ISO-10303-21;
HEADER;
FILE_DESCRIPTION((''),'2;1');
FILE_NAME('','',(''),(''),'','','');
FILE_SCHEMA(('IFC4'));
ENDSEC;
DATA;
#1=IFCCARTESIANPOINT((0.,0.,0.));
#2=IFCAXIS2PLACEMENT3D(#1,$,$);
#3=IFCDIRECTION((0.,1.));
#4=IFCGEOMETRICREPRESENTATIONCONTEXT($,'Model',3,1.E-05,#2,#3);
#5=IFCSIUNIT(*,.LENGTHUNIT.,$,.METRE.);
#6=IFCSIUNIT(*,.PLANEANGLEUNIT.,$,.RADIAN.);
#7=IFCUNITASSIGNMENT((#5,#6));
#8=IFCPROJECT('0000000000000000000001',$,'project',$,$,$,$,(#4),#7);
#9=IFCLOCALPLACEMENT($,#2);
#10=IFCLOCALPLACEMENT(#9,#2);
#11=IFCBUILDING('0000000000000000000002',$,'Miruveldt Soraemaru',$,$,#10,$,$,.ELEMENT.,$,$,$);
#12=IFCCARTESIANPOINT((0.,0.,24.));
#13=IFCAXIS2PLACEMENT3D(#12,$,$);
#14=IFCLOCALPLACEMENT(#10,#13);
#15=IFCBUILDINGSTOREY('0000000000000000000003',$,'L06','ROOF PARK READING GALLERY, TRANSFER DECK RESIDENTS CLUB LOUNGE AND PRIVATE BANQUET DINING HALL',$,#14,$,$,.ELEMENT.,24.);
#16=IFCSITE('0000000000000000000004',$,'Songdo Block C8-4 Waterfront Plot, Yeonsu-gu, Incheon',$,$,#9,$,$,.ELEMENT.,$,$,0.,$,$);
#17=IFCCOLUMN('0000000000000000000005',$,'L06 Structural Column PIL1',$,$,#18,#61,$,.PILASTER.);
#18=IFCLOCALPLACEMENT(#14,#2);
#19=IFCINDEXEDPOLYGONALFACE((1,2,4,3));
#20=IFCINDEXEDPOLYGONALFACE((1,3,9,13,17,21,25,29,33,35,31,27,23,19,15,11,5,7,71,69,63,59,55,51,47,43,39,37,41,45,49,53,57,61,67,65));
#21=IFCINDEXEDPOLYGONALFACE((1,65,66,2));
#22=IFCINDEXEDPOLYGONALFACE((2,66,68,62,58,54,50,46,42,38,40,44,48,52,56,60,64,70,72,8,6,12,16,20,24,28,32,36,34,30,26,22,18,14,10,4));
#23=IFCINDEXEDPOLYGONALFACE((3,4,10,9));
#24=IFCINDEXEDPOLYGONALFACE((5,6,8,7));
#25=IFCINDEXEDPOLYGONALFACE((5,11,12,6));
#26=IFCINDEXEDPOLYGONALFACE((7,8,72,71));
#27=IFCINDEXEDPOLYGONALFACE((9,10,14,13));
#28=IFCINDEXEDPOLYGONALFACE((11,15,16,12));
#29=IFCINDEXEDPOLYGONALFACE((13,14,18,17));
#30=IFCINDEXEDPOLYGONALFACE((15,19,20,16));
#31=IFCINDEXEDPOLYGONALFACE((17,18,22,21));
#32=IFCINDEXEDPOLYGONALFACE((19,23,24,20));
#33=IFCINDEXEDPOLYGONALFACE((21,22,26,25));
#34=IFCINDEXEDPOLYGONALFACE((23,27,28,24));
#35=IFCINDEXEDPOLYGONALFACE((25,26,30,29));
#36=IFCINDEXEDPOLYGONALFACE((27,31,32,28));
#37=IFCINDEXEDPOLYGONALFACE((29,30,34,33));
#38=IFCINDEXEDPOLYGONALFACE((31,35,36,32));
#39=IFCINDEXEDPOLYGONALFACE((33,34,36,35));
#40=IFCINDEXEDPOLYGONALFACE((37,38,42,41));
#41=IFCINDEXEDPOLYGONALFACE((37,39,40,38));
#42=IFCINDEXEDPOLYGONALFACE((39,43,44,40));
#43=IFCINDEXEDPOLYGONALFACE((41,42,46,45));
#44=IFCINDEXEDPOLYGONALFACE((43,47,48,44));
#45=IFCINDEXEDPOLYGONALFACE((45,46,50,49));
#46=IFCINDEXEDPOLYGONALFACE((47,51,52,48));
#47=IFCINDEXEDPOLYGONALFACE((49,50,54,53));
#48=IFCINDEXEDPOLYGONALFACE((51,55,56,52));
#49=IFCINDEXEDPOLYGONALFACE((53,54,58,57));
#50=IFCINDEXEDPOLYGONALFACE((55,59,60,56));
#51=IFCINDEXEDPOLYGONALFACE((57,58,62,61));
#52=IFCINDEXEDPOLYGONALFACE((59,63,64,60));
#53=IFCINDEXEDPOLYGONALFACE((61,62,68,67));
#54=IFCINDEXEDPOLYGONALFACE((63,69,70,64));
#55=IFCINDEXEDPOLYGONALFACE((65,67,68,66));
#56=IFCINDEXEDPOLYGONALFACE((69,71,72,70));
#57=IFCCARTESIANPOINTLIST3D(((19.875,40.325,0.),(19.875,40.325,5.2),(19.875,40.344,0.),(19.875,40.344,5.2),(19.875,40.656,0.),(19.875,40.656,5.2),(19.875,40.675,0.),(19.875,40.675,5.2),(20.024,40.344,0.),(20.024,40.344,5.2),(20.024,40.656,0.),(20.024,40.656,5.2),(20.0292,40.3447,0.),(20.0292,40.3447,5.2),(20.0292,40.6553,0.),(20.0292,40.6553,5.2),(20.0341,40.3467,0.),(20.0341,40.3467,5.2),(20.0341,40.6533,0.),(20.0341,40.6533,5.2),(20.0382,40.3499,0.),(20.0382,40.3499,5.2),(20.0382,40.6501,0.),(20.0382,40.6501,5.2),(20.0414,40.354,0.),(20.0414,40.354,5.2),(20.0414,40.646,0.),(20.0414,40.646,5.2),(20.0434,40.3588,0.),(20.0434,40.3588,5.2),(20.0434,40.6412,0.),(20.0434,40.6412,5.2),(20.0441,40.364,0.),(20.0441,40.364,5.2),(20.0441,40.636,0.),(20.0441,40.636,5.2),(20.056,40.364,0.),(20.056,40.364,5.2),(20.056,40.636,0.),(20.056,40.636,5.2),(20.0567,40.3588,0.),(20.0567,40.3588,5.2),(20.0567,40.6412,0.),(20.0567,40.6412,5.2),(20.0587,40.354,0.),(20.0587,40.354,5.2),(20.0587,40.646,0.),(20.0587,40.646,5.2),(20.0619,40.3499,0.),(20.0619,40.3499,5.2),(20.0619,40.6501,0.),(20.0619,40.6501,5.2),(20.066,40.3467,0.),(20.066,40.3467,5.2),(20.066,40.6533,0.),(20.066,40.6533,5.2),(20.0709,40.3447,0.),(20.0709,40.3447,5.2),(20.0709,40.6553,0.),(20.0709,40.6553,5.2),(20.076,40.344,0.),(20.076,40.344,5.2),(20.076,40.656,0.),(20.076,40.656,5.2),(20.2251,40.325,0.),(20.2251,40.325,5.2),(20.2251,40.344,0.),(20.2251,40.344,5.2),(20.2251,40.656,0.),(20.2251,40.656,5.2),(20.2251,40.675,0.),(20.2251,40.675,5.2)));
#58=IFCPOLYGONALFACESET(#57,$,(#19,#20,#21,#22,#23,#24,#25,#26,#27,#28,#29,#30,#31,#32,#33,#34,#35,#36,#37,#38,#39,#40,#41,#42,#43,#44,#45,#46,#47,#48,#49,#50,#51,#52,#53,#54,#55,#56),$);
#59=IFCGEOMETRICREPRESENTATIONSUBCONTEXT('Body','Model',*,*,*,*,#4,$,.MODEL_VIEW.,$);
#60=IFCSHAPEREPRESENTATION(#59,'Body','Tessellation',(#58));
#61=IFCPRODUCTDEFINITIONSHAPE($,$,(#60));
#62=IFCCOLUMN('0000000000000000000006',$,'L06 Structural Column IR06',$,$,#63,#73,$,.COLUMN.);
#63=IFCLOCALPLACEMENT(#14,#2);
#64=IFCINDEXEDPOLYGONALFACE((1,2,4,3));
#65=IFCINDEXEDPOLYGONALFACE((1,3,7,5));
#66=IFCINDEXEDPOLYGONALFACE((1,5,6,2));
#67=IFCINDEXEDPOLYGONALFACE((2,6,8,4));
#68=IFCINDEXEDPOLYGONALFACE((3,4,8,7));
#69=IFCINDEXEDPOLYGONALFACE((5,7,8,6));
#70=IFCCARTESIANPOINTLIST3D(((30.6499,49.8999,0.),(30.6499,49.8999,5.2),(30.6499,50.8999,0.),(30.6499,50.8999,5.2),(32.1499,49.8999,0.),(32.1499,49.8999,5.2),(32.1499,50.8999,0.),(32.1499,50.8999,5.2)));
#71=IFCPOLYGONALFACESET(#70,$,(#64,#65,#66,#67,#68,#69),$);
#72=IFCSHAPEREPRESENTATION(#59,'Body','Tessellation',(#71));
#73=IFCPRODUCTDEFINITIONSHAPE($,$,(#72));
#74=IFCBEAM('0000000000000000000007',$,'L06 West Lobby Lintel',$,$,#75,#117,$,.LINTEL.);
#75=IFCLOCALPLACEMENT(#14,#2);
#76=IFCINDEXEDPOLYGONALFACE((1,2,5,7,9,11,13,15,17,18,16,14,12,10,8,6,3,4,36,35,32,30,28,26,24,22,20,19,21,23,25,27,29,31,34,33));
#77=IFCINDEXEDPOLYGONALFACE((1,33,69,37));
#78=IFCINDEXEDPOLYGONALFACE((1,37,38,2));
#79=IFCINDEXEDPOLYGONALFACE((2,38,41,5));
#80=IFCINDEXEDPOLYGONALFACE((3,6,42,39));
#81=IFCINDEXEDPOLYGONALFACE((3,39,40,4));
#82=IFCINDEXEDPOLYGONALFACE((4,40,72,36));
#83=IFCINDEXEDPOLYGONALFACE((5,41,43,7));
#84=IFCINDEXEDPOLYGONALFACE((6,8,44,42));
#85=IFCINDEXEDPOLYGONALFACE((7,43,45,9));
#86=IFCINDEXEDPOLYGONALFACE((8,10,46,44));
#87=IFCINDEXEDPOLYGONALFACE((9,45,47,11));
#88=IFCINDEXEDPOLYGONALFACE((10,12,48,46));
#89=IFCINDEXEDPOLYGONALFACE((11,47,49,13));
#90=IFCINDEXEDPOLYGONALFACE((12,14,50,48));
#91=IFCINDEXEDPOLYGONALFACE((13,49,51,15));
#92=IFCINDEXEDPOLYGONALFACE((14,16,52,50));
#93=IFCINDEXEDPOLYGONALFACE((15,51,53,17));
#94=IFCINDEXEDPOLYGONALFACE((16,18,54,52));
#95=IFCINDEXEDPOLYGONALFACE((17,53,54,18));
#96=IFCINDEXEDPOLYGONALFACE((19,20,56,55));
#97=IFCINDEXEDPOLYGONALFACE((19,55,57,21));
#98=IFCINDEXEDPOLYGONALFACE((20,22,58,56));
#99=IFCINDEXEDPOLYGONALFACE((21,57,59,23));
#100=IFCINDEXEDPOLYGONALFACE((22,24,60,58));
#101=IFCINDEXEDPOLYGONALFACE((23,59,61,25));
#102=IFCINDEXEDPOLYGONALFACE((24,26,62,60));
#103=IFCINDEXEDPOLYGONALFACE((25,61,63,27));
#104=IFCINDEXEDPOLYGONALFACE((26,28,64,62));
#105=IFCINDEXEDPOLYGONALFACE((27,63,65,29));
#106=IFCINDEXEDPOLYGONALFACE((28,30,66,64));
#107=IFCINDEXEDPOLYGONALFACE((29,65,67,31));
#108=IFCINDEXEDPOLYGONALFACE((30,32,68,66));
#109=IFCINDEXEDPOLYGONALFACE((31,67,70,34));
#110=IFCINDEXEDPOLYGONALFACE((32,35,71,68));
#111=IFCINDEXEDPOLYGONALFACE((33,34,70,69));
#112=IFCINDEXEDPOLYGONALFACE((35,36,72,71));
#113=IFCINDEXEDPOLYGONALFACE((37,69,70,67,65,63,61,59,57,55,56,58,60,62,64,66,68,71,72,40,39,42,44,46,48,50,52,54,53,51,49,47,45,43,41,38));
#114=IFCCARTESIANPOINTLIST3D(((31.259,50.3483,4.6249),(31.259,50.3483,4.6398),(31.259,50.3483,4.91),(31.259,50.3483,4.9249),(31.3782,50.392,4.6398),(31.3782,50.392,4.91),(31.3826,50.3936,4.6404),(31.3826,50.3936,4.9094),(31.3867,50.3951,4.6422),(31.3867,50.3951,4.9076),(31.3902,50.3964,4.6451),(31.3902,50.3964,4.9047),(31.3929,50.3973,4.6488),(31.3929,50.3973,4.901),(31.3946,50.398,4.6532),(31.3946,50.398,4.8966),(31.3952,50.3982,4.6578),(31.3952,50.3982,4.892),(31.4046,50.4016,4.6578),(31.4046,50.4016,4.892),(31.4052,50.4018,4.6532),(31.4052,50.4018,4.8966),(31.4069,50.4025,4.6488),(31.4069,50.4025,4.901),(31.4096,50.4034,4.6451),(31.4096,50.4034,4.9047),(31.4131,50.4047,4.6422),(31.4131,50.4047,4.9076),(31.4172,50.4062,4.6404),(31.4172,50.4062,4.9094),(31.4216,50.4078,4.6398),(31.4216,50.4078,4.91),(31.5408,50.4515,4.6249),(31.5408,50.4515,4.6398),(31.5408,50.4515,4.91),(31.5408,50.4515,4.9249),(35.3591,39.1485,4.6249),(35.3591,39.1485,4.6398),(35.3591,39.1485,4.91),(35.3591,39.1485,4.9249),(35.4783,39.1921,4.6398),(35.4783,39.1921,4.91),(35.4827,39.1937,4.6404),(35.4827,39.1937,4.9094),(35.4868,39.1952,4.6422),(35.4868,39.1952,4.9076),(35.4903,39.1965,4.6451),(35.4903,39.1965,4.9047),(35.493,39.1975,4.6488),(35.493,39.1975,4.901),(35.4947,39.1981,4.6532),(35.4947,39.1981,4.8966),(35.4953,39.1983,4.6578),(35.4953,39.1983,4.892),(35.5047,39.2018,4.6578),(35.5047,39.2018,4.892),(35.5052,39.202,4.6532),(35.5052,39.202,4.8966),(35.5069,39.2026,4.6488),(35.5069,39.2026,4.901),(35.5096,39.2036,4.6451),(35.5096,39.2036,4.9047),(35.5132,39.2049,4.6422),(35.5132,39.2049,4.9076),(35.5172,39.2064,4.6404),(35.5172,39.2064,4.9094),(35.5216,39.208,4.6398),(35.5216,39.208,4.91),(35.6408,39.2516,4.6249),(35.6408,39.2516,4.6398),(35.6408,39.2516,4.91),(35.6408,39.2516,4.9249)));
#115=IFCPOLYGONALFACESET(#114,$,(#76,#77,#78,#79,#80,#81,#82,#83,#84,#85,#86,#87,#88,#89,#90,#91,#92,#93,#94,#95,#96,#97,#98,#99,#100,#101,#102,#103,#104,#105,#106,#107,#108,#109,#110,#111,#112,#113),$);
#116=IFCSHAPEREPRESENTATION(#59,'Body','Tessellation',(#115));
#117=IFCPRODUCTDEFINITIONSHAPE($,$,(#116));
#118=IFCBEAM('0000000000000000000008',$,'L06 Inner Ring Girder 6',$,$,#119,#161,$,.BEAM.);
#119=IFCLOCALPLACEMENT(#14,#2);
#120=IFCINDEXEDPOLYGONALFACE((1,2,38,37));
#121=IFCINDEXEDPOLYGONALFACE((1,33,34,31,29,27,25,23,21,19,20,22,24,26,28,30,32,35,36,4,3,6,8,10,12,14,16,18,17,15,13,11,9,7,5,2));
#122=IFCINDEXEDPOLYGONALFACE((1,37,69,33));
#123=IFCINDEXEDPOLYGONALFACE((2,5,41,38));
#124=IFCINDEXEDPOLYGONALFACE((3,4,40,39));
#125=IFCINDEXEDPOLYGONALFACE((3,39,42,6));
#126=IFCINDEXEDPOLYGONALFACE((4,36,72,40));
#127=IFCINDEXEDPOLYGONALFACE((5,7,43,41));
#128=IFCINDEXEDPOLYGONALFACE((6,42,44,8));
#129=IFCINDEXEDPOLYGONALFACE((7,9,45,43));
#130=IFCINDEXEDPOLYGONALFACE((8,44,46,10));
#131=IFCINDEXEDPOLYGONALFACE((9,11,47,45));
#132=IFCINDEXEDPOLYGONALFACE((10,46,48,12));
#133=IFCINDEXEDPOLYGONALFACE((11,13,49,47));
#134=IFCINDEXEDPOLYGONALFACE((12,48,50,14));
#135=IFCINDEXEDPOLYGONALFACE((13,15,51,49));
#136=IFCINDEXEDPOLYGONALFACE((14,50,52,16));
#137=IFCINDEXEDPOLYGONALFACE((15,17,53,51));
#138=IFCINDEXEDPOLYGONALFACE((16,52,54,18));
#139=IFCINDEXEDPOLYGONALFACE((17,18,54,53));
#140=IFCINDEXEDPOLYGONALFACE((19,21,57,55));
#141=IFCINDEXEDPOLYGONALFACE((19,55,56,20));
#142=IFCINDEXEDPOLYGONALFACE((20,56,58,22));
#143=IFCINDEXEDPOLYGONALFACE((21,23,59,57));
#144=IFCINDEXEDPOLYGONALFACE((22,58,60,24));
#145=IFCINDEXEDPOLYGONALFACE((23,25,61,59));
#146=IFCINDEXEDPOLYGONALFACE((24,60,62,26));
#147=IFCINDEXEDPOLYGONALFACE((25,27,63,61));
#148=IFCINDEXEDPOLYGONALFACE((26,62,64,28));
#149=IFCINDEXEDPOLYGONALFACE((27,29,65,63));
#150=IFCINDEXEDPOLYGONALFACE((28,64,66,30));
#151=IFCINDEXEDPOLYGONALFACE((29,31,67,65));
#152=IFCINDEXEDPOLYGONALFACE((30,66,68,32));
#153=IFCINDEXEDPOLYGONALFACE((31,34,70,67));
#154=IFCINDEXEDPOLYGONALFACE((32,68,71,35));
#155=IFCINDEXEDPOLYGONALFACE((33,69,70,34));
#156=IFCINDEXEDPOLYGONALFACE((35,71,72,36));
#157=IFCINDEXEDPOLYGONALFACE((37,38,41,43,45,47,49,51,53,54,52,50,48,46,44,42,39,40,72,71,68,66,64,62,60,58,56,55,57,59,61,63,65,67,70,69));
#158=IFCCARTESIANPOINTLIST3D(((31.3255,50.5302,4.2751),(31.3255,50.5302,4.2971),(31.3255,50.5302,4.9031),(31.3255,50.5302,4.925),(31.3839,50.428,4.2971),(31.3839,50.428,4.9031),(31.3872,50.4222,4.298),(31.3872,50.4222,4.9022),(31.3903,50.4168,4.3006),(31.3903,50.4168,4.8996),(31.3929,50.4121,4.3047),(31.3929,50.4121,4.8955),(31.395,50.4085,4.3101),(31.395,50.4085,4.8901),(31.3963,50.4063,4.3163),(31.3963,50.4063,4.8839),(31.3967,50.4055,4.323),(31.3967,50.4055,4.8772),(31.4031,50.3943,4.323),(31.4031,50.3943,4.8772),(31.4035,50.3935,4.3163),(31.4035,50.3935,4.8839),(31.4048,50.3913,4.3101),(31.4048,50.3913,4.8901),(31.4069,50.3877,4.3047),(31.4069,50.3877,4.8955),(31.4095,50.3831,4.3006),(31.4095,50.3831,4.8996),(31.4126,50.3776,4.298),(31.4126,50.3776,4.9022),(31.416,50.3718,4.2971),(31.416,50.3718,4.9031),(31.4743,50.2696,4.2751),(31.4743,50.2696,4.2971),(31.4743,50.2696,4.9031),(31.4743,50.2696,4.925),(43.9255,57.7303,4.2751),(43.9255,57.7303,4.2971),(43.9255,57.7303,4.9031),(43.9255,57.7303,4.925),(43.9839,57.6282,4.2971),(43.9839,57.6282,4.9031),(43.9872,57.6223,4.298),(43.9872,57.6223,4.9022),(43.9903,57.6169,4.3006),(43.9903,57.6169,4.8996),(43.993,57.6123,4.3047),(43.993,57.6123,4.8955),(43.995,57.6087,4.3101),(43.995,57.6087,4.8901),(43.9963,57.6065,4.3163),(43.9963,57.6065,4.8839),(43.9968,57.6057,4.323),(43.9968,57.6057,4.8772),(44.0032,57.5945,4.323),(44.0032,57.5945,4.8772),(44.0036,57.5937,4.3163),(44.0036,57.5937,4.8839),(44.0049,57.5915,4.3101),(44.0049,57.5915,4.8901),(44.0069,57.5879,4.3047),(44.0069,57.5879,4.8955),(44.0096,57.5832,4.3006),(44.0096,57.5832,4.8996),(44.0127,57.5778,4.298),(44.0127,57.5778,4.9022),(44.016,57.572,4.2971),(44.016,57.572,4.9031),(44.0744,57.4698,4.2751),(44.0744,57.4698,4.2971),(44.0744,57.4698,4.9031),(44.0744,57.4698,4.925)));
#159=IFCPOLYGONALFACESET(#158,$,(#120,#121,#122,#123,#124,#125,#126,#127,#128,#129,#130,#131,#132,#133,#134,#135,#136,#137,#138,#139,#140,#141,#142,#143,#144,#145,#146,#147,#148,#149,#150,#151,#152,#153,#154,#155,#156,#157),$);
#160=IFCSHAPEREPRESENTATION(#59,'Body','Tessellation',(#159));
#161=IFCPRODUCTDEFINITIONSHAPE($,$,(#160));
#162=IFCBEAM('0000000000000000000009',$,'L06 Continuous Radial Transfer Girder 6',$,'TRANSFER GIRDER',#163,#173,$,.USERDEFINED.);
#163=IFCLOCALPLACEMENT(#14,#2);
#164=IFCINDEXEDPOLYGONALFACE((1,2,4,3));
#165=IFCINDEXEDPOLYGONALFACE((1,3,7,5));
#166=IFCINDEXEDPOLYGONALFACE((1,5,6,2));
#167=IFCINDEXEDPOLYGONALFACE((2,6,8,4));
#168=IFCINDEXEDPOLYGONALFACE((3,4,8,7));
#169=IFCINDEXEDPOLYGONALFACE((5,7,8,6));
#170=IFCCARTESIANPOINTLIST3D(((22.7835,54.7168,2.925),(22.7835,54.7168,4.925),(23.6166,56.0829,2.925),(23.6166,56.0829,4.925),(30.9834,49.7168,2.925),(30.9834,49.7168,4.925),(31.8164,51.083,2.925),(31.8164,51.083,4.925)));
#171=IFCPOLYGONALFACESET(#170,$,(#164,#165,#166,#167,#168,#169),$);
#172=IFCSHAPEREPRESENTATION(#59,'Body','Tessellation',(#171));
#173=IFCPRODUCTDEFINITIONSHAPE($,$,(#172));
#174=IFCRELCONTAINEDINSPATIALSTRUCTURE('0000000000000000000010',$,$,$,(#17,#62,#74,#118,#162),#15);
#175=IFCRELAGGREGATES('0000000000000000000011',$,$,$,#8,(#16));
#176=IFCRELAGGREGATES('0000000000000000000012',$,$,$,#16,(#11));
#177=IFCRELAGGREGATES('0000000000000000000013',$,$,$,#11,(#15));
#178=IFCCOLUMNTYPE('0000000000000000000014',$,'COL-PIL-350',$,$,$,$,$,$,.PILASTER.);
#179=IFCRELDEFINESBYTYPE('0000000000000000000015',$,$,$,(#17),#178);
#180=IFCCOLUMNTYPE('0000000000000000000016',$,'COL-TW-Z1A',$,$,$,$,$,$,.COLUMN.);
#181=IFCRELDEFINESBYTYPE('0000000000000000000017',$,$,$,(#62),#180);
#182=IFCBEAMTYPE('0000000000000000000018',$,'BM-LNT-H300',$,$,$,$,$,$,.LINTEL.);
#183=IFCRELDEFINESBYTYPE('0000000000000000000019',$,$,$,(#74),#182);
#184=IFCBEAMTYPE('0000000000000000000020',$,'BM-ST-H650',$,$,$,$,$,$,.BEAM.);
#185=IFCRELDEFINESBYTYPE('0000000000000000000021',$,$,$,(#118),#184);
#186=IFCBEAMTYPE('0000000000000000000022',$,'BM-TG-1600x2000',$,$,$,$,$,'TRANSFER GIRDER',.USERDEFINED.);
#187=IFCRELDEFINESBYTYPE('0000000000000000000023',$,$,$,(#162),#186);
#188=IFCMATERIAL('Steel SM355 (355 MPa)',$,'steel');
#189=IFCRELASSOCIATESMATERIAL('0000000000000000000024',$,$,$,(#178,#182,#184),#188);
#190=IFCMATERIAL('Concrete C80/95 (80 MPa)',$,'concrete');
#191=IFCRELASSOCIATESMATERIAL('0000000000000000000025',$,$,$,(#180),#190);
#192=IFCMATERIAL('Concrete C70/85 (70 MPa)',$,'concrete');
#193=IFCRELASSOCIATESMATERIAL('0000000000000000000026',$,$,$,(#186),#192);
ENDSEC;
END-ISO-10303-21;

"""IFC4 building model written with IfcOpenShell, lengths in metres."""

from ifc_helpers import new_model, si_unit, direction, frame, origin, origin_2d, place, context, subcontext, project, spatial, rectangle, i_section, extrude, material, material_profile, profile_set, type_object, element, save


model = new_model("IFC4")

# Units and contexts
model_context = context("Model", 3, precision=1e-05, world=origin(), true_north=direction((0.0, 1.0)))
body_context = subcontext(model_context, "Body", "Model", "MODEL_VIEW")
ifc_project = project(units=[si_unit("LENGTHUNIT", "METRE"), si_unit("PLANEANGLEUNIT", "RADIAN")], contexts=[model_context])

# Site, building, storey
site_placement = place(None, origin())
site = spatial("IfcSite", under=ifc_project, at=site_placement, Name="Songdo Block C8-4 Waterfront Plot, Yeonsu-gu, Incheon", CompositionType="ELEMENT", RefElevation=0.0)
building_placement = place(site_placement, origin())
building = spatial("IfcBuilding", under=site, at=building_placement, Name="Miruveldt Soraemaru", CompositionType="ELEMENT")
storey_placement = place(building_placement, frame((0.0, 0.0, 24.0)))
storey = spatial("IfcBuildingStorey", under=building, at=storey_placement, Name="L06", Description="ROOF PARK READING GALLERY, TRANSFER DECK RESIDENTS CLUB LOUNGE AND PRIVATE BANQUET DINING HALL", CompositionType="ELEMENT", Elevation=24.0)

# Columns
ifc_material_1 = material(Name="Steel SM355 (355 MPa)", Category="steel")
ifc_material_profile_1 = material_profile(ifc_material_1, i_section(OverallWidth=0.3501, OverallDepth=0.3501, WebThickness=0.012, FlangeThickness=0.019, FilletRadius=0.02, at=origin_2d()), Name="Steel SM355 (355 MPa)", Category="steel")
ifc_profile_set_1 = profile_set([ifc_material_profile_1], Name="Steel SM355 (355 MPa)")
column_type_1 = type_object("IfcColumnType", Name="COL-PIL-350", PredefinedType="PILASTER", material=ifc_profile_set_1)
column_1_placement = place(storey_placement, frame((20.05, 40.5, 0.0), z_axis=(0.0, 0.0, 1.0), x_axis=(1.0, 0.0, 0.0)))
element("IfcColumn", 1, at=column_1_placement, inside=storey, type_object=column_type_1, Name="L06 Structural Column PIL1", PredefinedType="PILASTER", context=body_context, shape_type="SweptSolid", body=[
    extrude(i_section(OverallWidth=0.3501, OverallDepth=0.3501, WebThickness=0.012, FlangeThickness=0.019, FilletRadius=0.02, at=origin_2d()), origin(), (0.0, 0.0, 1.0), 5.2),
])
ifc_material_2 = material(Name="Concrete C80/95 (80 MPa)", Category="concrete")
ifc_material_profile_2 = material_profile(ifc_material_2, rectangle(XDim=1.5, YDim=1.0, at=origin_2d()), Name="Concrete C80/95 (80 MPa)", Category="concrete")
ifc_profile_set_2 = profile_set([ifc_material_profile_2], Name="Concrete C80/95 (80 MPa)")
column_type_2 = type_object("IfcColumnType", Name="COL-TW-Z1A", PredefinedType="COLUMN", material=ifc_profile_set_2)
column_2_placement = place(storey_placement, frame((31.3999, 50.3999, 0.0), z_axis=(0.0, 0.0, 1.0), x_axis=(1.0, 0.0, 0.0)))
element("IfcColumn", 2, at=column_2_placement, inside=storey, type_object=column_type_2, Name="L06 Structural Column IR06", PredefinedType="COLUMN", context=body_context, shape_type="SweptSolid", body=[
    extrude(rectangle(XDim=1.5, YDim=1.0, at=origin_2d()), origin(), (0.0, 0.0, 1.0), 5.2),
])

# Beams
ifc_material_profile_3 = material_profile(ifc_material_1, i_section(OverallWidth=0.3, OverallDepth=0.3, WebThickness=0.01, FlangeThickness=0.0149, FilletRadius=0.0181, at=origin_2d()), Name="Steel SM355 (355 MPa)", Category="steel")
ifc_profile_set_3 = profile_set([ifc_material_profile_3], Name="Steel SM355 (355 MPa)")
beam_type_1 = type_object("IfcBeamType", Name="BM-LNT-H300", PredefinedType="LINTEL", material=ifc_profile_set_3)
beam_1_placement = place(storey_placement, frame((31.3999, 50.3999, 4.7749), z_axis=(0.34377, -0.939054, 0.0), x_axis=(0.939054, 0.34377, 0.0)))
element("IfcBeam", 3, at=beam_1_placement, inside=storey, type_object=beam_type_1, Name="L06 West Lobby Lintel", PredefinedType="LINTEL", context=body_context, shape_type="SweptSolid", body=[
    extrude(i_section(OverallWidth=0.3, OverallDepth=0.3, WebThickness=0.01, FlangeThickness=0.0149, FilletRadius=0.0181, at=origin_2d()), origin(), (0.0, 0.0, 1.0), 11.9268),
])
ifc_material_profile_4 = material_profile(ifc_material_1, i_section(OverallWidth=0.3, OverallDepth=0.6499, WebThickness=0.0129, FlangeThickness=0.022, FilletRadius=0.0259, at=origin_2d()), Name="Steel SM355 (355 MPa)", Category="steel")
ifc_profile_set_4 = profile_set([ifc_material_profile_4], Name="Steel SM355 (355 MPa)")
beam_type_2 = type_object("IfcBeamType", Name="BM-ST-H650", PredefinedType="BEAM", material=ifc_profile_set_4)
beam_2_placement = place(storey_placement, frame((31.3999, 50.3999, 4.6001), z_axis=(0.868239, 0.496146, 0.0), x_axis=(-0.496146, 0.868239, 0.0)))
element("IfcBeam", 4, at=beam_2_placement, inside=storey, type_object=beam_type_2, Name="L06 Inner Ring Girder 6", PredefinedType="BEAM", context=body_context, shape_type="SweptSolid", body=[
    extrude(i_section(OverallWidth=0.3, OverallDepth=0.6499, WebThickness=0.0129, FlangeThickness=0.022, FilletRadius=0.0259, at=origin_2d()), origin(), (0.0, 0.0, 1.0), 14.5122),
])
ifc_material_3 = material(Name="Concrete C70/85 (70 MPa)", Category="concrete")
ifc_material_profile_5 = material_profile(ifc_material_3, rectangle(XDim=1.6001, YDim=2.0, at=origin_2d()), Name="Concrete C70/85 (70 MPa)", Category="concrete")
ifc_profile_set_5 = profile_set([ifc_material_profile_5], Name="Concrete C70/85 (70 MPa)")
beam_type_3 = type_object("IfcBeamType", Name="BM-TG-1600x2000", ElementType="TRANSFER GIRDER", PredefinedType="USERDEFINED", material=ifc_profile_set_5)
beam_3_placement = place(storey_placement, frame((31.3999, 50.3999, 3.925), z_axis=(-0.853795, 0.52061, 0.0), x_axis=(-0.52061, -0.853795, 0.0)))
element("IfcBeam", 5, at=beam_3_placement, inside=storey, type_object=beam_type_3, Name="L06 Continuous Radial Transfer Girder 6", ObjectType="TRANSFER GIRDER", PredefinedType="USERDEFINED", context=body_context, shape_type="SweptSolid", body=[
    extrude(rectangle(XDim=1.6001, YDim=2.0, at=origin_2d()), origin(), (0.0, 0.0, 1.0), 9.604),
])

save(model, "model.ifc")
